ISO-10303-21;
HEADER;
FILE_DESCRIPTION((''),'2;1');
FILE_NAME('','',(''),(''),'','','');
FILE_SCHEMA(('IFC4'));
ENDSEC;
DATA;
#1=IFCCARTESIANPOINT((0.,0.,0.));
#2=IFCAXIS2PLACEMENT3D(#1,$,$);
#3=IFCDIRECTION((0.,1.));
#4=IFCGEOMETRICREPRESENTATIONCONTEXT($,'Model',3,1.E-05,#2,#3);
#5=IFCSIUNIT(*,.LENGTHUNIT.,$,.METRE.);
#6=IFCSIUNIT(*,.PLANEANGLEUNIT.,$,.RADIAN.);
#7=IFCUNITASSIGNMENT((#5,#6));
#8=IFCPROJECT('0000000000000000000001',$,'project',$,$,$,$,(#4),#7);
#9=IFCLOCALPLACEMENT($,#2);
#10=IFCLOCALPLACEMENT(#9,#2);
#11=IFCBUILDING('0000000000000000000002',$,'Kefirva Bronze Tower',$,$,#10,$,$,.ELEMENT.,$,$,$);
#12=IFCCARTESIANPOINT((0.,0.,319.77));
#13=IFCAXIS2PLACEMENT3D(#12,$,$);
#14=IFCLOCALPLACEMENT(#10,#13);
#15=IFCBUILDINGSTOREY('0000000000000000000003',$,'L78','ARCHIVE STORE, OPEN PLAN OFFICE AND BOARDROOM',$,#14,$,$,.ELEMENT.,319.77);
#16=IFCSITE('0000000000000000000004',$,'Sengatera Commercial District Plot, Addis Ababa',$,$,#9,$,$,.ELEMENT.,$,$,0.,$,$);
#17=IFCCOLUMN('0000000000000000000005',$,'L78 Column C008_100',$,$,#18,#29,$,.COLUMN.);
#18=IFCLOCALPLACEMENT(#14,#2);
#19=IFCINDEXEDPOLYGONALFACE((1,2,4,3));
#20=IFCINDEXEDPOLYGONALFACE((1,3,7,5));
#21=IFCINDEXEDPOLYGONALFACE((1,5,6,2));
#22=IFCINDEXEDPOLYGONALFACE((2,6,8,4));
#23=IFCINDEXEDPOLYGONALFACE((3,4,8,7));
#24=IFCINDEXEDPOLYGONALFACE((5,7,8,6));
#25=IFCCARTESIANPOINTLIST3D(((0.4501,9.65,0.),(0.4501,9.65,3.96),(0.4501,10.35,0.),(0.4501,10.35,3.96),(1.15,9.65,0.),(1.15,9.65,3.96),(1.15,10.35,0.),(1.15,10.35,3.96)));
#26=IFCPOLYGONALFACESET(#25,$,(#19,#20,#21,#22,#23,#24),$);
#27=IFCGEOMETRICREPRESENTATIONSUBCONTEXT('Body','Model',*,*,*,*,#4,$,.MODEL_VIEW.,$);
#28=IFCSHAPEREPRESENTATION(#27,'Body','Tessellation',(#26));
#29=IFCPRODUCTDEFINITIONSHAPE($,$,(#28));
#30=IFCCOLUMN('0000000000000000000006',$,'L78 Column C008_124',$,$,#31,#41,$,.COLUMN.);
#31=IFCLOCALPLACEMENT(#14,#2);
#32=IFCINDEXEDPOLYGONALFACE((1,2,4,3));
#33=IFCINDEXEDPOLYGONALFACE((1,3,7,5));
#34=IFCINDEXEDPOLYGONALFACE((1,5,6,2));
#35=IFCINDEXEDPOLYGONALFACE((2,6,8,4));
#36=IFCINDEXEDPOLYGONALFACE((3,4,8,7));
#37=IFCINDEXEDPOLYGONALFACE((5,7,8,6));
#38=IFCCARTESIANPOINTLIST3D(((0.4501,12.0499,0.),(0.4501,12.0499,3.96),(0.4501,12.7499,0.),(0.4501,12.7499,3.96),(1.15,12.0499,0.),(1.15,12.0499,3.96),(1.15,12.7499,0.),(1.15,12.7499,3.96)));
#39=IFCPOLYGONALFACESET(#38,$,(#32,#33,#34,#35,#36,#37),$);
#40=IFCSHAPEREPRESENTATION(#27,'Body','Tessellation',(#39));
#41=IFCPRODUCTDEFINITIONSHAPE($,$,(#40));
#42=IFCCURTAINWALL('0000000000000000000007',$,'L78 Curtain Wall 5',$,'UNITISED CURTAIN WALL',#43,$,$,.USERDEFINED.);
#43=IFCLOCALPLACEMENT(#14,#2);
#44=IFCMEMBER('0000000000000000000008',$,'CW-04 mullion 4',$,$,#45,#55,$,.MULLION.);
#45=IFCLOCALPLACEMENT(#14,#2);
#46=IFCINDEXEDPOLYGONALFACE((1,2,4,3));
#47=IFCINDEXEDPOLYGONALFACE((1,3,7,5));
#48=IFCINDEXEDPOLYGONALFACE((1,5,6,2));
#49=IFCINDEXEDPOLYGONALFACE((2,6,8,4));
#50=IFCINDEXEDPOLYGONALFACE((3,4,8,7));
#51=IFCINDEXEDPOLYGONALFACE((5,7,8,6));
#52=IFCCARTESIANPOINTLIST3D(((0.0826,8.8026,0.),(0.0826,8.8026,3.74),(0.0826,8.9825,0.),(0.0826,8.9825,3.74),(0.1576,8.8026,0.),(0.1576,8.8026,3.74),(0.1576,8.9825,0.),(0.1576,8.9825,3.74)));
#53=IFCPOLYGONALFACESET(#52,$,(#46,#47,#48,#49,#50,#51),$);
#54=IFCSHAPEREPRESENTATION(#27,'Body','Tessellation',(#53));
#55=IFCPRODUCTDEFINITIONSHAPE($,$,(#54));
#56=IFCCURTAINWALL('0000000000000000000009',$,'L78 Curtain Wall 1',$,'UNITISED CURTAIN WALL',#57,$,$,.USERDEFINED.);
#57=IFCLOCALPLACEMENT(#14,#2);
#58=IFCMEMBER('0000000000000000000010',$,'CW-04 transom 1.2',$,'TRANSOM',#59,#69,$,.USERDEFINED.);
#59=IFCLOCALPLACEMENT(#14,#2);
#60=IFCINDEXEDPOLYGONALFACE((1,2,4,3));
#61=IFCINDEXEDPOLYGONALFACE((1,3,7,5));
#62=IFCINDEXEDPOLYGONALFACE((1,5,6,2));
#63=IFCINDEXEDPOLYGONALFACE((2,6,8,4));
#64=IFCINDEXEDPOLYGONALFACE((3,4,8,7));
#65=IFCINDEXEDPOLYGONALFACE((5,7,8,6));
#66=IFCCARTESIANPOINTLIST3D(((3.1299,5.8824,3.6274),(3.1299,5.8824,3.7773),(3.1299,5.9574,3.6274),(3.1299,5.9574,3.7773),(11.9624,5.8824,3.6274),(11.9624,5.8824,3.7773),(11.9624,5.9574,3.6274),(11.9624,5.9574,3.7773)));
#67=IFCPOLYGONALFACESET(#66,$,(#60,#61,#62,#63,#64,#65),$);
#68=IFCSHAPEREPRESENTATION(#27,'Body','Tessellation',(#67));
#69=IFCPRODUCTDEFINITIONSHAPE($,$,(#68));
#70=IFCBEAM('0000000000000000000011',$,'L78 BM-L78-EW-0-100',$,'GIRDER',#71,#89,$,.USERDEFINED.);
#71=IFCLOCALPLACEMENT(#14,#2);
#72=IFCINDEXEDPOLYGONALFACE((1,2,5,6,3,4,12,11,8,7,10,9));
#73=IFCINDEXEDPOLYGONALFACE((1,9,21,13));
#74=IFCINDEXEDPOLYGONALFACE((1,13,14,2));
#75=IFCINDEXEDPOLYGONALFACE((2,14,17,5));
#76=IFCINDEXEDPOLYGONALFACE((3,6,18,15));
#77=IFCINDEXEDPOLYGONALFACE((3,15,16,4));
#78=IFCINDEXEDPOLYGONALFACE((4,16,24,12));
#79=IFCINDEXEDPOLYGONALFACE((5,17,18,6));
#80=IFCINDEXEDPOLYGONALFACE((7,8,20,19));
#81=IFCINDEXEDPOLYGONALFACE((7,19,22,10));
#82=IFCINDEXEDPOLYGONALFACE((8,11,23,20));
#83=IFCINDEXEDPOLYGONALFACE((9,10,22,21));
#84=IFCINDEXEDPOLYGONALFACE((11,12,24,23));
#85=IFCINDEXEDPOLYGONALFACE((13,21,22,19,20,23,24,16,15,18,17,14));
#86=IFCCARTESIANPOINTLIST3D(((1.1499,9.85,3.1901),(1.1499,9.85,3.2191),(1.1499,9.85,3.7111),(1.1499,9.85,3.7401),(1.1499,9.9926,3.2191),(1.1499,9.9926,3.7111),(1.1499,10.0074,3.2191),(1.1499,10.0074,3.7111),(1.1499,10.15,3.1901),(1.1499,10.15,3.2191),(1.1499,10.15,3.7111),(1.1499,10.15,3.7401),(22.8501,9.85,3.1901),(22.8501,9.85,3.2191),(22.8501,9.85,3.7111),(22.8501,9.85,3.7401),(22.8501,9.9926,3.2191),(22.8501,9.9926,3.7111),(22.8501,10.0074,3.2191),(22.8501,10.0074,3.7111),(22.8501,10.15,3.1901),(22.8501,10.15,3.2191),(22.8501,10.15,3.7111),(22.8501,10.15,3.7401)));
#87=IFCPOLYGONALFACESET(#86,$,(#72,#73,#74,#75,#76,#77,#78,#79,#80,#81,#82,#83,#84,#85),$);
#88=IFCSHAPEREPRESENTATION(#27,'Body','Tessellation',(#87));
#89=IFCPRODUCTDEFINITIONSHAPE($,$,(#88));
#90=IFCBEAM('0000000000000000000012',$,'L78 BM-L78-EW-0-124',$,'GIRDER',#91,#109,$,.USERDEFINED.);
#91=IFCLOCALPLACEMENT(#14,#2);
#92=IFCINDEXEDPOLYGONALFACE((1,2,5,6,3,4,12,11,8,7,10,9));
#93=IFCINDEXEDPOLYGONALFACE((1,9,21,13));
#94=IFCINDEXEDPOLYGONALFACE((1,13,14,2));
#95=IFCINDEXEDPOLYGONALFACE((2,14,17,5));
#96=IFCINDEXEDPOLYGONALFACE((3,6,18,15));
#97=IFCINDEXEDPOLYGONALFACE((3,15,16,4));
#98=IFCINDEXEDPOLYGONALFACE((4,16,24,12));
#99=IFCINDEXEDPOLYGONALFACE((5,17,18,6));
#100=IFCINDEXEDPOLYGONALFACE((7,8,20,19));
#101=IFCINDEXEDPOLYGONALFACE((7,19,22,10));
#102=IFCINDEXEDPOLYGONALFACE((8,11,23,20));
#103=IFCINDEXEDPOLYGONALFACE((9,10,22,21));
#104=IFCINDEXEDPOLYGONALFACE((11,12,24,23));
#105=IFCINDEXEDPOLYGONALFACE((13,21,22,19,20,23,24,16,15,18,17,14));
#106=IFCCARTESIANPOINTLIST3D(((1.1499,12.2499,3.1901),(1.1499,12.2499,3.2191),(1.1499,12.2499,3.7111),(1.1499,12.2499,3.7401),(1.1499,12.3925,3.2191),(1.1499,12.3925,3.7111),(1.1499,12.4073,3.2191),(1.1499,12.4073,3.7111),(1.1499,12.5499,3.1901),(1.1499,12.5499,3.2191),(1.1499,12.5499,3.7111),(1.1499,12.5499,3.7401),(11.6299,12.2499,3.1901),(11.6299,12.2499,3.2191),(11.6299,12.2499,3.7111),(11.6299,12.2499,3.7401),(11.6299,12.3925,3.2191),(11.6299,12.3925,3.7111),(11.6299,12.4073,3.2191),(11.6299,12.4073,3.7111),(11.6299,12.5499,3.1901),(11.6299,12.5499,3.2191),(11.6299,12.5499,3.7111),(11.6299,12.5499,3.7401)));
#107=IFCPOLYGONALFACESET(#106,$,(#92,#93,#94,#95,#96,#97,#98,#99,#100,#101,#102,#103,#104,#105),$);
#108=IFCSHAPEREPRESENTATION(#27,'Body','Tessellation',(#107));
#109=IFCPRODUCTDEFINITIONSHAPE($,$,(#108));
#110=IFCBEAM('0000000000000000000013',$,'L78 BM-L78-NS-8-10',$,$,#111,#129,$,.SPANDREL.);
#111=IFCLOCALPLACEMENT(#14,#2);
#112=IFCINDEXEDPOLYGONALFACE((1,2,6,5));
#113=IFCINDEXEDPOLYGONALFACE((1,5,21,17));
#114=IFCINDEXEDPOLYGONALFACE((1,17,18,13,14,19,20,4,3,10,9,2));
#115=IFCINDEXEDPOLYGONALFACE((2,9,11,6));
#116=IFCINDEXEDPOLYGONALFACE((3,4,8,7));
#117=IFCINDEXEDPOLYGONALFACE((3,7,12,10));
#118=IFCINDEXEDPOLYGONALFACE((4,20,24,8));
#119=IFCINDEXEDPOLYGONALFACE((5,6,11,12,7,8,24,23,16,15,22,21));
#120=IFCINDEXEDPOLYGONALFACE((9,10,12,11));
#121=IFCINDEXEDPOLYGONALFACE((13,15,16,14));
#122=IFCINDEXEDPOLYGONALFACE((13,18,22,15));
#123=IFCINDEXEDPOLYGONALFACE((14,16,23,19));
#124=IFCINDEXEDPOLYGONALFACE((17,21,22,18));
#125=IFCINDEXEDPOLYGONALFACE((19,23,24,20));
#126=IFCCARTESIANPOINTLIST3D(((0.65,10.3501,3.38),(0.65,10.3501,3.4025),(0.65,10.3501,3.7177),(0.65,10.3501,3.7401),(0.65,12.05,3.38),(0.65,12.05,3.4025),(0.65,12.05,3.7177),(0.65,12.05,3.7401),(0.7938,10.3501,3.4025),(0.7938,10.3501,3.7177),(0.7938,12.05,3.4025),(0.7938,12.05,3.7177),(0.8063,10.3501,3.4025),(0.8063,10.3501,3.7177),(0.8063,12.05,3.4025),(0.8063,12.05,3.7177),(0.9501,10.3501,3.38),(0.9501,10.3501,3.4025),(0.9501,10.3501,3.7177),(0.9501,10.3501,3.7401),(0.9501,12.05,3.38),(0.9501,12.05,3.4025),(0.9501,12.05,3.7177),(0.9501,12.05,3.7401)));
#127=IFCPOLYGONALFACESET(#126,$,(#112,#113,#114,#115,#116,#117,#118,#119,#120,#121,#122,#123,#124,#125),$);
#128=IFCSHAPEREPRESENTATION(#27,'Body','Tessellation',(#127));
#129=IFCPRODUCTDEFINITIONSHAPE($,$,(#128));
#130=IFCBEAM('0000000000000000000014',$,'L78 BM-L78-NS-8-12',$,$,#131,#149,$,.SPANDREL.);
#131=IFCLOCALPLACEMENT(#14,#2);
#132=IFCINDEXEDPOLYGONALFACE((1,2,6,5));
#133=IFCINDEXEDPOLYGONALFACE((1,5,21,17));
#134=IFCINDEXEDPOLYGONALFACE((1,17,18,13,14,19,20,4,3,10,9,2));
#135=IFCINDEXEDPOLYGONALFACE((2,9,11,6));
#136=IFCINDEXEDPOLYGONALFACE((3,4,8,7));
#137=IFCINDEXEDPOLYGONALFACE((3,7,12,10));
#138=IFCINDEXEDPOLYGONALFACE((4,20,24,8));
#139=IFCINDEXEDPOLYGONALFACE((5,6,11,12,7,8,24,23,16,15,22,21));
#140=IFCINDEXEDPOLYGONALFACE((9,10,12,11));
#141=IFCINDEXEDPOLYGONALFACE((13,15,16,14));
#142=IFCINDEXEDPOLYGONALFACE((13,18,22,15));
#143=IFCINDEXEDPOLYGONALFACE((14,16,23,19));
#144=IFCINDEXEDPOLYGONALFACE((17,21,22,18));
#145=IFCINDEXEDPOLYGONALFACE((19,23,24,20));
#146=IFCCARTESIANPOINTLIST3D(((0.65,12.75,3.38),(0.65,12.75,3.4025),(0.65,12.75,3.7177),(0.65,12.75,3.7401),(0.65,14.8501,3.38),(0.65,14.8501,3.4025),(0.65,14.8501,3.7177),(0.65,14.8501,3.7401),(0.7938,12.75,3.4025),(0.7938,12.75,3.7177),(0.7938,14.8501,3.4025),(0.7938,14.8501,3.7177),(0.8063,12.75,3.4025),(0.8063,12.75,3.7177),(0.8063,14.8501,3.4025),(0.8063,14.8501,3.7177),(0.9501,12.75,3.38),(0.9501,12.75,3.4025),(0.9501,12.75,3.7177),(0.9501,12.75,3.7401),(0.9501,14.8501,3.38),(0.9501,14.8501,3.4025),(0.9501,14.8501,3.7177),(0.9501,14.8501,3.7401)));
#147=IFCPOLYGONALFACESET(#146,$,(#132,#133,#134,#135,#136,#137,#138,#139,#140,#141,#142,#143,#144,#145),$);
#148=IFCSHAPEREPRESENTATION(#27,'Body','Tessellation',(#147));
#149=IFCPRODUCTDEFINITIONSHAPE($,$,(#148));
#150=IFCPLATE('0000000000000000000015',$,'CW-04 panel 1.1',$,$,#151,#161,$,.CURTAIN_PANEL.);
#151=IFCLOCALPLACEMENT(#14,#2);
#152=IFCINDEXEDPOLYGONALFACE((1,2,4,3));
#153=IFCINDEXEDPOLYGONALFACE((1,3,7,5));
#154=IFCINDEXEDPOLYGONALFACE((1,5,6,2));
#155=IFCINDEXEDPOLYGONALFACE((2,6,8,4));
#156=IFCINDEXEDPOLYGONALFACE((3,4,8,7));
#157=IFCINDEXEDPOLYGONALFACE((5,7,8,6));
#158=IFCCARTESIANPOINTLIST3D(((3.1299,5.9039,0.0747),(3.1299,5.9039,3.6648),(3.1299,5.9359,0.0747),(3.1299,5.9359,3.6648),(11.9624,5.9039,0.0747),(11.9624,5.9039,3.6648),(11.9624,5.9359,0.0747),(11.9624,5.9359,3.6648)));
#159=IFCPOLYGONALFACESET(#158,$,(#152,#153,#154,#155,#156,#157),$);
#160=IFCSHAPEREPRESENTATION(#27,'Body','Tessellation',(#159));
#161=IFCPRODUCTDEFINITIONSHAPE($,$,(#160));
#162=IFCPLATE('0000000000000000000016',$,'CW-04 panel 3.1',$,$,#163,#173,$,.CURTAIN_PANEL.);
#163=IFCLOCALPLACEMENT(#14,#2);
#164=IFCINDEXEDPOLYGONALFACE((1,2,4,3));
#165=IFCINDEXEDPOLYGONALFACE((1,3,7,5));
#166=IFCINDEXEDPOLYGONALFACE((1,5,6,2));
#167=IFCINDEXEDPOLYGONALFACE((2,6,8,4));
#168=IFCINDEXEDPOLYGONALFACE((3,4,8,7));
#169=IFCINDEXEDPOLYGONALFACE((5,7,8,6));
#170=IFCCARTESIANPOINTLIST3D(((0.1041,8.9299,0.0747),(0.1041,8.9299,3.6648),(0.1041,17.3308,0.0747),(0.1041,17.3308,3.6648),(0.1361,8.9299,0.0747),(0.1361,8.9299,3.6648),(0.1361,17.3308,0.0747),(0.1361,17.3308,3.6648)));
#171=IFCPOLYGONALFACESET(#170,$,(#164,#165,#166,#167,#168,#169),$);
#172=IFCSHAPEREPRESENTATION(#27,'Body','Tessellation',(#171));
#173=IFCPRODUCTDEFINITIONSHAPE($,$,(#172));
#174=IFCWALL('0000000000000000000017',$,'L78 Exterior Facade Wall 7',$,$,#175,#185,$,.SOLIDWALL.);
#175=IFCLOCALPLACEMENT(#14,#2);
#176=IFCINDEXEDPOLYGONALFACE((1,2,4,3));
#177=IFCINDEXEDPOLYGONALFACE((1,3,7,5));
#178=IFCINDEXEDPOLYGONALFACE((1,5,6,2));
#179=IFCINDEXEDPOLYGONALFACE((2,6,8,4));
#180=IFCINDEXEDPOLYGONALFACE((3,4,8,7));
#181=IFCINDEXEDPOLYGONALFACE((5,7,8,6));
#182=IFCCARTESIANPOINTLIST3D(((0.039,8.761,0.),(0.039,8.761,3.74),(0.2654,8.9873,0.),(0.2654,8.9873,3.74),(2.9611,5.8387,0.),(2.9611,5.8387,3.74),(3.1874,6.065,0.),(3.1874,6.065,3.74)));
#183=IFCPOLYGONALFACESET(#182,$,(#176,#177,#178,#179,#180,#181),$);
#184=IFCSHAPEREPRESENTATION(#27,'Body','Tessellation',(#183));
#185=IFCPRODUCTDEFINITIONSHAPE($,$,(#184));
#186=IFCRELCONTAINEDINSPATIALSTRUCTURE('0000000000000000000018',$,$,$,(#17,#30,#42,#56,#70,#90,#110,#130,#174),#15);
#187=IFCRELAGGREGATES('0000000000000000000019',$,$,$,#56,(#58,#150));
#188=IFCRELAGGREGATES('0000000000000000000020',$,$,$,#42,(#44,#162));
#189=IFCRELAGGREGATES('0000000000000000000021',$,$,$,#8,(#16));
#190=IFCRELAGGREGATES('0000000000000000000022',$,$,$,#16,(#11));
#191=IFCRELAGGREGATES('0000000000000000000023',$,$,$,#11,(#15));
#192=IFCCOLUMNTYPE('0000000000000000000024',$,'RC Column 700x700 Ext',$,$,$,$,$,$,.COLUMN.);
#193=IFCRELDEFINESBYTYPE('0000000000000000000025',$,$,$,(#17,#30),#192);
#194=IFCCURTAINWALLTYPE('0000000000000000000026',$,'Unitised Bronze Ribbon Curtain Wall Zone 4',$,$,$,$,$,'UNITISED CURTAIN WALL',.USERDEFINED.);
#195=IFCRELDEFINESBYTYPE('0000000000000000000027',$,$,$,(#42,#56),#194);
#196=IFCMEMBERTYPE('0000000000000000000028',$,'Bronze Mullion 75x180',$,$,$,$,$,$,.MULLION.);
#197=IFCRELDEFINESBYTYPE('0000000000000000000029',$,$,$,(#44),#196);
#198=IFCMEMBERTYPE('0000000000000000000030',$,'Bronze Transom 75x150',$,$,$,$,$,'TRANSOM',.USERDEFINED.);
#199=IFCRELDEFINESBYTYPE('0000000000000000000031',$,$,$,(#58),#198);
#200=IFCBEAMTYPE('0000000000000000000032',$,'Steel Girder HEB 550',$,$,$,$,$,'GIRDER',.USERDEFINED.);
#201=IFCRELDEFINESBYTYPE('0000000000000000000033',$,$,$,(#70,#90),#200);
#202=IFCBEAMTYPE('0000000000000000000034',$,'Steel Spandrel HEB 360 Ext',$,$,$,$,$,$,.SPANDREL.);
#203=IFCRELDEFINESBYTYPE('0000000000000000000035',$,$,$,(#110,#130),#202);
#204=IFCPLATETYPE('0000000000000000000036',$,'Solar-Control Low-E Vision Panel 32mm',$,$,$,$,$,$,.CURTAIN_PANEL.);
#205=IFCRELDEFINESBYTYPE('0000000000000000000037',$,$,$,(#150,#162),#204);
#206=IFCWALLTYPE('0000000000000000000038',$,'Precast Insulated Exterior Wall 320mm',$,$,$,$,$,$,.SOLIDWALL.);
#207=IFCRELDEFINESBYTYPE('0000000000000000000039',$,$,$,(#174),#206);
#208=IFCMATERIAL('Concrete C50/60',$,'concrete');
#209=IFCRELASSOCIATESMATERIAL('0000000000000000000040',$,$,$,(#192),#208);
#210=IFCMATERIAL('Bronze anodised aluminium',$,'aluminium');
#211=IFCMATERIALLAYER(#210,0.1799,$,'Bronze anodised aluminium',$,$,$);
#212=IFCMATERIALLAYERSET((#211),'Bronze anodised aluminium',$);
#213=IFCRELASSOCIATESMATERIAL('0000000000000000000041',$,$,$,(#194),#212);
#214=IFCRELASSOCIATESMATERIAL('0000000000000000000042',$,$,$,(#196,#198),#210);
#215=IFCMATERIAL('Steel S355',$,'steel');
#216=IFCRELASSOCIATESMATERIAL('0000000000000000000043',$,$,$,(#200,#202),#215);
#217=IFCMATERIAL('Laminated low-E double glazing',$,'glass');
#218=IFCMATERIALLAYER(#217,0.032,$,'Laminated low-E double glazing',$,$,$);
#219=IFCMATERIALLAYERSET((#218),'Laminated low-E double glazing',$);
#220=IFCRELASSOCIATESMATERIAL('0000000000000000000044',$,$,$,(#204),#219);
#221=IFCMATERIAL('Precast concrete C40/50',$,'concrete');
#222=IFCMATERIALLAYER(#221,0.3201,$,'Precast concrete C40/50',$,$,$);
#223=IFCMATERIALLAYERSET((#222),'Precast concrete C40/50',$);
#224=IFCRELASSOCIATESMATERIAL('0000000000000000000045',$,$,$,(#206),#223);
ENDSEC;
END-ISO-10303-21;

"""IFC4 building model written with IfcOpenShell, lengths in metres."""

from ifc_helpers import new_model, si_unit, direction, frame, frame_2d, origin, origin_2d, place, context, subcontext, project, spatial, rectangle, i_section, extrude, material, layer, layer_set, material_profile, profile_set, type_object, element, aggregate, save


model = new_model("IFC4")

# Units and contexts
model_context = context("Model", 3, precision=1e-05, world=origin(), true_north=direction((0.0, 1.0)))
body_context = subcontext(model_context, "Body", "Model", "MODEL_VIEW")
ifc_project = project(units=[si_unit("LENGTHUNIT", "METRE"), si_unit("PLANEANGLEUNIT", "RADIAN")], contexts=[model_context])

# Site, building, storey
site_placement = place(None, origin())
site = spatial("IfcSite", under=ifc_project, at=site_placement, Name="Sengatera Commercial District Plot, Addis Ababa", CompositionType="ELEMENT", RefElevation=0.0)
building_placement = place(site_placement, origin())
building = spatial("IfcBuilding", under=site, at=building_placement, Name="Kefirva Bronze Tower", CompositionType="ELEMENT")
storey_placement = place(building_placement, frame((0.0, 0.0, 319.77)))
storey = spatial("IfcBuildingStorey", under=building, at=storey_placement, Name="L78", Description="ARCHIVE STORE, OPEN PLAN OFFICE AND BOARDROOM", CompositionType="ELEMENT", Elevation=319.77)

# Columns
ifc_material_1 = material(Name="Concrete C50/60", Category="concrete")
ifc_material_profile_1 = material_profile(ifc_material_1, rectangle(XDim=0.7, YDim=0.7, at=origin_2d()), Name="RC 700x700")
ifc_profile_set_1 = profile_set([ifc_material_profile_1], Name="Concrete C50/60")
column_type = type_object("IfcColumnType", Name="RC Column 700x700 Ext", PredefinedType="COLUMN", material=ifc_profile_set_1)
for number, where, z_axis, x_axis, name in (
    (1, (0.8, 10.0, 0.0), (0.0, 0.0, 1.0), (1.0, 0.0, 0.0), "L78 Column C008_100"),
    (2, (0.8, 12.3999, 0.0), (0.0, 0.0, 1.0), (1.0, 0.0, 0.0), "L78 Column C008_124"),
):
    element("IfcColumn", number, at=place(storey_placement, frame(where, z_axis=z_axis, x_axis=x_axis)), inside=storey, type_object=column_type, Name=name, PredefinedType="COLUMN", context=body_context, shape_type="SweptSolid", body=[
        extrude(rectangle(XDim=0.7, YDim=0.7, at=origin_2d()), origin(), (0.0, 0.0, 1.0), 3.96),
    ])

# Curtain walls, members
ifc_material_2 = material(Name="Bronze anodised aluminium", Category="aluminium")
ifc_layer_1 = layer(ifc_material_2, 0.1799, Name="Bronze anodised aluminium")
ifc_layer_set_1 = layer_set([ifc_layer_1], Name="Bronze anodised aluminium")
curtain_wall_type = type_object("IfcCurtainWallType", Name="Unitised Bronze Ribbon Curtain Wall Zone 4", ElementType="UNITISED CURTAIN WALL", PredefinedType="USERDEFINED", material=ifc_layer_set_1)
curtain_wall_1_placement = place(storey_placement, origin())
curtain_wall_1 = element("IfcCurtainWall", 3, at=curtain_wall_1_placement, inside=storey, type_object=curtain_wall_type, Name="L78 Curtain Wall 5", ObjectType="UNITISED CURTAIN WALL", PredefinedType="USERDEFINED")
ifc_material_profile_2 = material_profile(ifc_material_2, rectangle(XDim=0.075, YDim=0.1799, at=origin_2d()), Name="ALU 75x180")
ifc_profile_set_2 = profile_set([ifc_material_profile_2], Name="Bronze anodised aluminium")
member_type_1 = type_object("IfcMemberType", Name="Bronze Mullion 75x180", PredefinedType="MULLION", material=ifc_profile_set_2)
member_1_placement = place(storey_placement, frame((0.1201, 8.8926, 0.0), z_axis=(0.0, 0.0, 1.0), x_axis=(1.0, 0.0, 0.0)))
member_1 = element("IfcMember", 4, at=member_1_placement, type_object=member_type_1, Name="CW-04 mullion 4", PredefinedType="MULLION", context=body_context, shape_type="SweptSolid", body=[
    extrude(rectangle(XDim=0.075, YDim=0.1799, at=origin_2d()), origin(), (0.0, 0.0, 1.0), 3.74),
])
curtain_wall_2_placement = place(storey_placement, origin())
curtain_wall_2 = element("IfcCurtainWall", 5, at=curtain_wall_2_placement, inside=storey, type_object=curtain_wall_type, Name="L78 Curtain Wall 1", ObjectType="UNITISED CURTAIN WALL", PredefinedType="USERDEFINED")
ifc_material_profile_3 = material_profile(ifc_material_2, rectangle(XDim=0.075, YDim=0.1499, at=origin_2d()), Name="ALU 75x150")
ifc_profile_set_3 = profile_set([ifc_material_profile_3], Name="Bronze anodised aluminium")
member_type_2 = type_object("IfcMemberType", Name="Bronze Transom 75x150", ElementType="TRANSOM", PredefinedType="USERDEFINED", material=ifc_profile_set_3)
member_2_placement = place(storey_placement, frame((3.1299, 5.9199, 3.7024), z_axis=(1.0, 0.0, 0.0), x_axis=(0.0, 1.0, 0.0)))
member_2 = element("IfcMember", 6, at=member_2_placement, type_object=member_type_2, Name="CW-04 transom 1.2", ObjectType="TRANSOM", PredefinedType="USERDEFINED", context=body_context, shape_type="SweptSolid", body=[
    extrude(rectangle(XDim=0.075, YDim=0.1499, at=origin_2d()), origin(), (0.0, 0.0, 1.0), 8.8325),
])

# Beams
ifc_material_3 = material(Name="Steel S355", Category="steel")
ifc_material_profile_4 = material_profile(ifc_material_3, i_section(OverallWidth=0.3, OverallDepth=0.55, WebThickness=0.0149, FlangeThickness=0.0291, at=origin_2d()), Name="HEB 550")
ifc_profile_set_4 = profile_set([ifc_material_profile_4], Name="Steel S355")
beam_type_1 = type_object("IfcBeamType", Name="Steel Girder HEB 550", ElementType="GIRDER", PredefinedType="USERDEFINED", material=ifc_profile_set_4)
beam_1_placement = place(storey_placement, frame((1.1499, 10.0, 3.4651), z_axis=(1.0, 0.0, 0.0), x_axis=(0.0, 1.0, 0.0)))
element("IfcBeam", 7, at=beam_1_placement, inside=storey, type_object=beam_type_1, Name="L78 BM-L78-EW-0-100", ObjectType="GIRDER", PredefinedType="USERDEFINED", context=body_context, shape_type="SweptSolid", body=[
    extrude(i_section(OverallWidth=0.3, OverallDepth=0.55, WebThickness=0.0149, FlangeThickness=0.0291, at=origin_2d()), origin(), (0.0, 0.0, 1.0), 21.7002),
])
beam_2_placement = place(storey_placement, frame((1.1499, 12.3999, 3.4651), z_axis=(1.0, 0.0, 0.0), x_axis=(0.0, 1.0, 0.0)))
element("IfcBeam", 8, at=beam_2_placement, inside=storey, type_object=beam_type_1, Name="L78 BM-L78-EW-0-124", ObjectType="GIRDER", PredefinedType="USERDEFINED", context=body_context, shape_type="SweptSolid", body=[
    extrude(i_section(OverallWidth=0.3, OverallDepth=0.55, WebThickness=0.0149, FlangeThickness=0.0291, at=origin_2d()), origin(), (0.0, 0.0, 1.0), 10.48),
])
ifc_material_profile_5 = material_profile(ifc_material_3, i_section(OverallWidth=0.3, OverallDepth=0.3601, WebThickness=0.0125, FlangeThickness=0.0225, at=origin_2d()), Name="HEB 360")
ifc_profile_set_5 = profile_set([ifc_material_profile_5], Name="Steel S355")
beam_type_2 = type_object("IfcBeamType", Name="Steel Spandrel HEB 360 Ext", PredefinedType="SPANDREL", material=ifc_profile_set_5)
beam_3_placement = place(storey_placement, frame((0.8, 10.3501, 3.5601), z_axis=(0.0, 1.0, 0.0), x_axis=(-1.0, 0.0, 0.0)))
element("IfcBeam", 9, at=beam_3_placement, inside=storey, type_object=beam_type_2, Name="L78 BM-L78-NS-8-10", PredefinedType="SPANDREL", context=body_context, shape_type="SweptSolid", body=[
    extrude(i_section(OverallWidth=0.3, OverallDepth=0.3601, WebThickness=0.0125, FlangeThickness=0.0225, at=origin_2d()), origin(), (0.0, 0.0, 1.0), 1.7),
])
beam_4_placement = place(storey_placement, frame((0.8, 12.75, 3.5601), z_axis=(0.0, 1.0, 0.0), x_axis=(-1.0, 0.0, 0.0)))
element("IfcBeam", 10, at=beam_4_placement, inside=storey, type_object=beam_type_2, Name="L78 BM-L78-NS-8-12", PredefinedType="SPANDREL", context=body_context, shape_type="SweptSolid", body=[
    extrude(i_section(OverallWidth=0.3, OverallDepth=0.3601, WebThickness=0.0125, FlangeThickness=0.0225, at=origin_2d()), origin(), (0.0, 0.0, 1.0), 2.1001),
])

# Plates
ifc_material_4 = material(Name="Laminated low-E double glazing", Category="glass")
ifc_layer_2 = layer(ifc_material_4, 0.032, Name="Laminated low-E double glazing")
ifc_layer_set_2 = layer_set([ifc_layer_2], Name="Laminated low-E double glazing")
plate_type = type_object("IfcPlateType", Name="Solar-Control Low-E Vision Panel 32mm", PredefinedType="CURTAIN_PANEL", material=ifc_layer_set_2)
plate_1_placement = place(storey_placement, frame((7.5461, 5.9199, 0.0747), z_axis=(0.0, 0.0, 1.0), x_axis=(1.0, 0.0, 0.0)))
plate_1 = element("IfcPlate", 11, at=plate_1_placement, type_object=plate_type, Name="CW-04 panel 1.1", PredefinedType="CURTAIN_PANEL", context=body_context, shape_type="SweptSolid", body=[
    extrude(rectangle(XDim=8.8325, YDim=0.032, at=origin_2d()), origin(), (0.0, 0.0, 1.0), 3.5901),
])
aggregate(curtain_wall_2, [member_2, plate_1])
plate_2_placement = place(storey_placement, frame((0.1201, 13.1304, 0.0747), z_axis=(0.0, 0.0, 1.0), x_axis=(0.0, -1.0, 0.0)))
plate_2 = element("IfcPlate", 12, at=plate_2_placement, type_object=plate_type, Name="CW-04 panel 3.1", PredefinedType="CURTAIN_PANEL", context=body_context, shape_type="SweptSolid", body=[
    extrude(rectangle(XDim=8.4009, YDim=0.032, at=origin_2d()), origin(), (0.0, 0.0, 1.0), 3.5901),
])
aggregate(curtain_wall_1, [member_1, plate_2])

# Wall
ifc_material_5 = material(Name="Precast concrete C40/50", Category="concrete")
ifc_layer_3 = layer(ifc_material_5, 0.3201, Name="Precast concrete C40/50")
ifc_layer_set_3 = layer_set([ifc_layer_3], Name="Precast concrete C40/50")
wall_type = type_object("IfcWallType", Name="Precast Insulated Exterior Wall 320mm", PredefinedType="SOLIDWALL", material=ifc_layer_set_3)
wall_placement = place(storey_placement, frame((0.1521, 8.8743, 0.0), z_axis=(0.0, 0.0, 1.0), x_axis=(0.707077, -0.707136, 0.0)))
element("IfcWall", 13, at=wall_placement, inside=storey, type_object=wall_type, Name="L78 Exterior Facade Wall 7", PredefinedType="SOLIDWALL", context=body_context, shape_type="SweptSolid", body=[
    extrude(rectangle(XDim=4.1326, YDim=0.3201, at=frame_2d((2.0664, 0.0))), origin(), (0.0, 0.0, 1.0), 3.74),
])

save(model, "model.ifc")
